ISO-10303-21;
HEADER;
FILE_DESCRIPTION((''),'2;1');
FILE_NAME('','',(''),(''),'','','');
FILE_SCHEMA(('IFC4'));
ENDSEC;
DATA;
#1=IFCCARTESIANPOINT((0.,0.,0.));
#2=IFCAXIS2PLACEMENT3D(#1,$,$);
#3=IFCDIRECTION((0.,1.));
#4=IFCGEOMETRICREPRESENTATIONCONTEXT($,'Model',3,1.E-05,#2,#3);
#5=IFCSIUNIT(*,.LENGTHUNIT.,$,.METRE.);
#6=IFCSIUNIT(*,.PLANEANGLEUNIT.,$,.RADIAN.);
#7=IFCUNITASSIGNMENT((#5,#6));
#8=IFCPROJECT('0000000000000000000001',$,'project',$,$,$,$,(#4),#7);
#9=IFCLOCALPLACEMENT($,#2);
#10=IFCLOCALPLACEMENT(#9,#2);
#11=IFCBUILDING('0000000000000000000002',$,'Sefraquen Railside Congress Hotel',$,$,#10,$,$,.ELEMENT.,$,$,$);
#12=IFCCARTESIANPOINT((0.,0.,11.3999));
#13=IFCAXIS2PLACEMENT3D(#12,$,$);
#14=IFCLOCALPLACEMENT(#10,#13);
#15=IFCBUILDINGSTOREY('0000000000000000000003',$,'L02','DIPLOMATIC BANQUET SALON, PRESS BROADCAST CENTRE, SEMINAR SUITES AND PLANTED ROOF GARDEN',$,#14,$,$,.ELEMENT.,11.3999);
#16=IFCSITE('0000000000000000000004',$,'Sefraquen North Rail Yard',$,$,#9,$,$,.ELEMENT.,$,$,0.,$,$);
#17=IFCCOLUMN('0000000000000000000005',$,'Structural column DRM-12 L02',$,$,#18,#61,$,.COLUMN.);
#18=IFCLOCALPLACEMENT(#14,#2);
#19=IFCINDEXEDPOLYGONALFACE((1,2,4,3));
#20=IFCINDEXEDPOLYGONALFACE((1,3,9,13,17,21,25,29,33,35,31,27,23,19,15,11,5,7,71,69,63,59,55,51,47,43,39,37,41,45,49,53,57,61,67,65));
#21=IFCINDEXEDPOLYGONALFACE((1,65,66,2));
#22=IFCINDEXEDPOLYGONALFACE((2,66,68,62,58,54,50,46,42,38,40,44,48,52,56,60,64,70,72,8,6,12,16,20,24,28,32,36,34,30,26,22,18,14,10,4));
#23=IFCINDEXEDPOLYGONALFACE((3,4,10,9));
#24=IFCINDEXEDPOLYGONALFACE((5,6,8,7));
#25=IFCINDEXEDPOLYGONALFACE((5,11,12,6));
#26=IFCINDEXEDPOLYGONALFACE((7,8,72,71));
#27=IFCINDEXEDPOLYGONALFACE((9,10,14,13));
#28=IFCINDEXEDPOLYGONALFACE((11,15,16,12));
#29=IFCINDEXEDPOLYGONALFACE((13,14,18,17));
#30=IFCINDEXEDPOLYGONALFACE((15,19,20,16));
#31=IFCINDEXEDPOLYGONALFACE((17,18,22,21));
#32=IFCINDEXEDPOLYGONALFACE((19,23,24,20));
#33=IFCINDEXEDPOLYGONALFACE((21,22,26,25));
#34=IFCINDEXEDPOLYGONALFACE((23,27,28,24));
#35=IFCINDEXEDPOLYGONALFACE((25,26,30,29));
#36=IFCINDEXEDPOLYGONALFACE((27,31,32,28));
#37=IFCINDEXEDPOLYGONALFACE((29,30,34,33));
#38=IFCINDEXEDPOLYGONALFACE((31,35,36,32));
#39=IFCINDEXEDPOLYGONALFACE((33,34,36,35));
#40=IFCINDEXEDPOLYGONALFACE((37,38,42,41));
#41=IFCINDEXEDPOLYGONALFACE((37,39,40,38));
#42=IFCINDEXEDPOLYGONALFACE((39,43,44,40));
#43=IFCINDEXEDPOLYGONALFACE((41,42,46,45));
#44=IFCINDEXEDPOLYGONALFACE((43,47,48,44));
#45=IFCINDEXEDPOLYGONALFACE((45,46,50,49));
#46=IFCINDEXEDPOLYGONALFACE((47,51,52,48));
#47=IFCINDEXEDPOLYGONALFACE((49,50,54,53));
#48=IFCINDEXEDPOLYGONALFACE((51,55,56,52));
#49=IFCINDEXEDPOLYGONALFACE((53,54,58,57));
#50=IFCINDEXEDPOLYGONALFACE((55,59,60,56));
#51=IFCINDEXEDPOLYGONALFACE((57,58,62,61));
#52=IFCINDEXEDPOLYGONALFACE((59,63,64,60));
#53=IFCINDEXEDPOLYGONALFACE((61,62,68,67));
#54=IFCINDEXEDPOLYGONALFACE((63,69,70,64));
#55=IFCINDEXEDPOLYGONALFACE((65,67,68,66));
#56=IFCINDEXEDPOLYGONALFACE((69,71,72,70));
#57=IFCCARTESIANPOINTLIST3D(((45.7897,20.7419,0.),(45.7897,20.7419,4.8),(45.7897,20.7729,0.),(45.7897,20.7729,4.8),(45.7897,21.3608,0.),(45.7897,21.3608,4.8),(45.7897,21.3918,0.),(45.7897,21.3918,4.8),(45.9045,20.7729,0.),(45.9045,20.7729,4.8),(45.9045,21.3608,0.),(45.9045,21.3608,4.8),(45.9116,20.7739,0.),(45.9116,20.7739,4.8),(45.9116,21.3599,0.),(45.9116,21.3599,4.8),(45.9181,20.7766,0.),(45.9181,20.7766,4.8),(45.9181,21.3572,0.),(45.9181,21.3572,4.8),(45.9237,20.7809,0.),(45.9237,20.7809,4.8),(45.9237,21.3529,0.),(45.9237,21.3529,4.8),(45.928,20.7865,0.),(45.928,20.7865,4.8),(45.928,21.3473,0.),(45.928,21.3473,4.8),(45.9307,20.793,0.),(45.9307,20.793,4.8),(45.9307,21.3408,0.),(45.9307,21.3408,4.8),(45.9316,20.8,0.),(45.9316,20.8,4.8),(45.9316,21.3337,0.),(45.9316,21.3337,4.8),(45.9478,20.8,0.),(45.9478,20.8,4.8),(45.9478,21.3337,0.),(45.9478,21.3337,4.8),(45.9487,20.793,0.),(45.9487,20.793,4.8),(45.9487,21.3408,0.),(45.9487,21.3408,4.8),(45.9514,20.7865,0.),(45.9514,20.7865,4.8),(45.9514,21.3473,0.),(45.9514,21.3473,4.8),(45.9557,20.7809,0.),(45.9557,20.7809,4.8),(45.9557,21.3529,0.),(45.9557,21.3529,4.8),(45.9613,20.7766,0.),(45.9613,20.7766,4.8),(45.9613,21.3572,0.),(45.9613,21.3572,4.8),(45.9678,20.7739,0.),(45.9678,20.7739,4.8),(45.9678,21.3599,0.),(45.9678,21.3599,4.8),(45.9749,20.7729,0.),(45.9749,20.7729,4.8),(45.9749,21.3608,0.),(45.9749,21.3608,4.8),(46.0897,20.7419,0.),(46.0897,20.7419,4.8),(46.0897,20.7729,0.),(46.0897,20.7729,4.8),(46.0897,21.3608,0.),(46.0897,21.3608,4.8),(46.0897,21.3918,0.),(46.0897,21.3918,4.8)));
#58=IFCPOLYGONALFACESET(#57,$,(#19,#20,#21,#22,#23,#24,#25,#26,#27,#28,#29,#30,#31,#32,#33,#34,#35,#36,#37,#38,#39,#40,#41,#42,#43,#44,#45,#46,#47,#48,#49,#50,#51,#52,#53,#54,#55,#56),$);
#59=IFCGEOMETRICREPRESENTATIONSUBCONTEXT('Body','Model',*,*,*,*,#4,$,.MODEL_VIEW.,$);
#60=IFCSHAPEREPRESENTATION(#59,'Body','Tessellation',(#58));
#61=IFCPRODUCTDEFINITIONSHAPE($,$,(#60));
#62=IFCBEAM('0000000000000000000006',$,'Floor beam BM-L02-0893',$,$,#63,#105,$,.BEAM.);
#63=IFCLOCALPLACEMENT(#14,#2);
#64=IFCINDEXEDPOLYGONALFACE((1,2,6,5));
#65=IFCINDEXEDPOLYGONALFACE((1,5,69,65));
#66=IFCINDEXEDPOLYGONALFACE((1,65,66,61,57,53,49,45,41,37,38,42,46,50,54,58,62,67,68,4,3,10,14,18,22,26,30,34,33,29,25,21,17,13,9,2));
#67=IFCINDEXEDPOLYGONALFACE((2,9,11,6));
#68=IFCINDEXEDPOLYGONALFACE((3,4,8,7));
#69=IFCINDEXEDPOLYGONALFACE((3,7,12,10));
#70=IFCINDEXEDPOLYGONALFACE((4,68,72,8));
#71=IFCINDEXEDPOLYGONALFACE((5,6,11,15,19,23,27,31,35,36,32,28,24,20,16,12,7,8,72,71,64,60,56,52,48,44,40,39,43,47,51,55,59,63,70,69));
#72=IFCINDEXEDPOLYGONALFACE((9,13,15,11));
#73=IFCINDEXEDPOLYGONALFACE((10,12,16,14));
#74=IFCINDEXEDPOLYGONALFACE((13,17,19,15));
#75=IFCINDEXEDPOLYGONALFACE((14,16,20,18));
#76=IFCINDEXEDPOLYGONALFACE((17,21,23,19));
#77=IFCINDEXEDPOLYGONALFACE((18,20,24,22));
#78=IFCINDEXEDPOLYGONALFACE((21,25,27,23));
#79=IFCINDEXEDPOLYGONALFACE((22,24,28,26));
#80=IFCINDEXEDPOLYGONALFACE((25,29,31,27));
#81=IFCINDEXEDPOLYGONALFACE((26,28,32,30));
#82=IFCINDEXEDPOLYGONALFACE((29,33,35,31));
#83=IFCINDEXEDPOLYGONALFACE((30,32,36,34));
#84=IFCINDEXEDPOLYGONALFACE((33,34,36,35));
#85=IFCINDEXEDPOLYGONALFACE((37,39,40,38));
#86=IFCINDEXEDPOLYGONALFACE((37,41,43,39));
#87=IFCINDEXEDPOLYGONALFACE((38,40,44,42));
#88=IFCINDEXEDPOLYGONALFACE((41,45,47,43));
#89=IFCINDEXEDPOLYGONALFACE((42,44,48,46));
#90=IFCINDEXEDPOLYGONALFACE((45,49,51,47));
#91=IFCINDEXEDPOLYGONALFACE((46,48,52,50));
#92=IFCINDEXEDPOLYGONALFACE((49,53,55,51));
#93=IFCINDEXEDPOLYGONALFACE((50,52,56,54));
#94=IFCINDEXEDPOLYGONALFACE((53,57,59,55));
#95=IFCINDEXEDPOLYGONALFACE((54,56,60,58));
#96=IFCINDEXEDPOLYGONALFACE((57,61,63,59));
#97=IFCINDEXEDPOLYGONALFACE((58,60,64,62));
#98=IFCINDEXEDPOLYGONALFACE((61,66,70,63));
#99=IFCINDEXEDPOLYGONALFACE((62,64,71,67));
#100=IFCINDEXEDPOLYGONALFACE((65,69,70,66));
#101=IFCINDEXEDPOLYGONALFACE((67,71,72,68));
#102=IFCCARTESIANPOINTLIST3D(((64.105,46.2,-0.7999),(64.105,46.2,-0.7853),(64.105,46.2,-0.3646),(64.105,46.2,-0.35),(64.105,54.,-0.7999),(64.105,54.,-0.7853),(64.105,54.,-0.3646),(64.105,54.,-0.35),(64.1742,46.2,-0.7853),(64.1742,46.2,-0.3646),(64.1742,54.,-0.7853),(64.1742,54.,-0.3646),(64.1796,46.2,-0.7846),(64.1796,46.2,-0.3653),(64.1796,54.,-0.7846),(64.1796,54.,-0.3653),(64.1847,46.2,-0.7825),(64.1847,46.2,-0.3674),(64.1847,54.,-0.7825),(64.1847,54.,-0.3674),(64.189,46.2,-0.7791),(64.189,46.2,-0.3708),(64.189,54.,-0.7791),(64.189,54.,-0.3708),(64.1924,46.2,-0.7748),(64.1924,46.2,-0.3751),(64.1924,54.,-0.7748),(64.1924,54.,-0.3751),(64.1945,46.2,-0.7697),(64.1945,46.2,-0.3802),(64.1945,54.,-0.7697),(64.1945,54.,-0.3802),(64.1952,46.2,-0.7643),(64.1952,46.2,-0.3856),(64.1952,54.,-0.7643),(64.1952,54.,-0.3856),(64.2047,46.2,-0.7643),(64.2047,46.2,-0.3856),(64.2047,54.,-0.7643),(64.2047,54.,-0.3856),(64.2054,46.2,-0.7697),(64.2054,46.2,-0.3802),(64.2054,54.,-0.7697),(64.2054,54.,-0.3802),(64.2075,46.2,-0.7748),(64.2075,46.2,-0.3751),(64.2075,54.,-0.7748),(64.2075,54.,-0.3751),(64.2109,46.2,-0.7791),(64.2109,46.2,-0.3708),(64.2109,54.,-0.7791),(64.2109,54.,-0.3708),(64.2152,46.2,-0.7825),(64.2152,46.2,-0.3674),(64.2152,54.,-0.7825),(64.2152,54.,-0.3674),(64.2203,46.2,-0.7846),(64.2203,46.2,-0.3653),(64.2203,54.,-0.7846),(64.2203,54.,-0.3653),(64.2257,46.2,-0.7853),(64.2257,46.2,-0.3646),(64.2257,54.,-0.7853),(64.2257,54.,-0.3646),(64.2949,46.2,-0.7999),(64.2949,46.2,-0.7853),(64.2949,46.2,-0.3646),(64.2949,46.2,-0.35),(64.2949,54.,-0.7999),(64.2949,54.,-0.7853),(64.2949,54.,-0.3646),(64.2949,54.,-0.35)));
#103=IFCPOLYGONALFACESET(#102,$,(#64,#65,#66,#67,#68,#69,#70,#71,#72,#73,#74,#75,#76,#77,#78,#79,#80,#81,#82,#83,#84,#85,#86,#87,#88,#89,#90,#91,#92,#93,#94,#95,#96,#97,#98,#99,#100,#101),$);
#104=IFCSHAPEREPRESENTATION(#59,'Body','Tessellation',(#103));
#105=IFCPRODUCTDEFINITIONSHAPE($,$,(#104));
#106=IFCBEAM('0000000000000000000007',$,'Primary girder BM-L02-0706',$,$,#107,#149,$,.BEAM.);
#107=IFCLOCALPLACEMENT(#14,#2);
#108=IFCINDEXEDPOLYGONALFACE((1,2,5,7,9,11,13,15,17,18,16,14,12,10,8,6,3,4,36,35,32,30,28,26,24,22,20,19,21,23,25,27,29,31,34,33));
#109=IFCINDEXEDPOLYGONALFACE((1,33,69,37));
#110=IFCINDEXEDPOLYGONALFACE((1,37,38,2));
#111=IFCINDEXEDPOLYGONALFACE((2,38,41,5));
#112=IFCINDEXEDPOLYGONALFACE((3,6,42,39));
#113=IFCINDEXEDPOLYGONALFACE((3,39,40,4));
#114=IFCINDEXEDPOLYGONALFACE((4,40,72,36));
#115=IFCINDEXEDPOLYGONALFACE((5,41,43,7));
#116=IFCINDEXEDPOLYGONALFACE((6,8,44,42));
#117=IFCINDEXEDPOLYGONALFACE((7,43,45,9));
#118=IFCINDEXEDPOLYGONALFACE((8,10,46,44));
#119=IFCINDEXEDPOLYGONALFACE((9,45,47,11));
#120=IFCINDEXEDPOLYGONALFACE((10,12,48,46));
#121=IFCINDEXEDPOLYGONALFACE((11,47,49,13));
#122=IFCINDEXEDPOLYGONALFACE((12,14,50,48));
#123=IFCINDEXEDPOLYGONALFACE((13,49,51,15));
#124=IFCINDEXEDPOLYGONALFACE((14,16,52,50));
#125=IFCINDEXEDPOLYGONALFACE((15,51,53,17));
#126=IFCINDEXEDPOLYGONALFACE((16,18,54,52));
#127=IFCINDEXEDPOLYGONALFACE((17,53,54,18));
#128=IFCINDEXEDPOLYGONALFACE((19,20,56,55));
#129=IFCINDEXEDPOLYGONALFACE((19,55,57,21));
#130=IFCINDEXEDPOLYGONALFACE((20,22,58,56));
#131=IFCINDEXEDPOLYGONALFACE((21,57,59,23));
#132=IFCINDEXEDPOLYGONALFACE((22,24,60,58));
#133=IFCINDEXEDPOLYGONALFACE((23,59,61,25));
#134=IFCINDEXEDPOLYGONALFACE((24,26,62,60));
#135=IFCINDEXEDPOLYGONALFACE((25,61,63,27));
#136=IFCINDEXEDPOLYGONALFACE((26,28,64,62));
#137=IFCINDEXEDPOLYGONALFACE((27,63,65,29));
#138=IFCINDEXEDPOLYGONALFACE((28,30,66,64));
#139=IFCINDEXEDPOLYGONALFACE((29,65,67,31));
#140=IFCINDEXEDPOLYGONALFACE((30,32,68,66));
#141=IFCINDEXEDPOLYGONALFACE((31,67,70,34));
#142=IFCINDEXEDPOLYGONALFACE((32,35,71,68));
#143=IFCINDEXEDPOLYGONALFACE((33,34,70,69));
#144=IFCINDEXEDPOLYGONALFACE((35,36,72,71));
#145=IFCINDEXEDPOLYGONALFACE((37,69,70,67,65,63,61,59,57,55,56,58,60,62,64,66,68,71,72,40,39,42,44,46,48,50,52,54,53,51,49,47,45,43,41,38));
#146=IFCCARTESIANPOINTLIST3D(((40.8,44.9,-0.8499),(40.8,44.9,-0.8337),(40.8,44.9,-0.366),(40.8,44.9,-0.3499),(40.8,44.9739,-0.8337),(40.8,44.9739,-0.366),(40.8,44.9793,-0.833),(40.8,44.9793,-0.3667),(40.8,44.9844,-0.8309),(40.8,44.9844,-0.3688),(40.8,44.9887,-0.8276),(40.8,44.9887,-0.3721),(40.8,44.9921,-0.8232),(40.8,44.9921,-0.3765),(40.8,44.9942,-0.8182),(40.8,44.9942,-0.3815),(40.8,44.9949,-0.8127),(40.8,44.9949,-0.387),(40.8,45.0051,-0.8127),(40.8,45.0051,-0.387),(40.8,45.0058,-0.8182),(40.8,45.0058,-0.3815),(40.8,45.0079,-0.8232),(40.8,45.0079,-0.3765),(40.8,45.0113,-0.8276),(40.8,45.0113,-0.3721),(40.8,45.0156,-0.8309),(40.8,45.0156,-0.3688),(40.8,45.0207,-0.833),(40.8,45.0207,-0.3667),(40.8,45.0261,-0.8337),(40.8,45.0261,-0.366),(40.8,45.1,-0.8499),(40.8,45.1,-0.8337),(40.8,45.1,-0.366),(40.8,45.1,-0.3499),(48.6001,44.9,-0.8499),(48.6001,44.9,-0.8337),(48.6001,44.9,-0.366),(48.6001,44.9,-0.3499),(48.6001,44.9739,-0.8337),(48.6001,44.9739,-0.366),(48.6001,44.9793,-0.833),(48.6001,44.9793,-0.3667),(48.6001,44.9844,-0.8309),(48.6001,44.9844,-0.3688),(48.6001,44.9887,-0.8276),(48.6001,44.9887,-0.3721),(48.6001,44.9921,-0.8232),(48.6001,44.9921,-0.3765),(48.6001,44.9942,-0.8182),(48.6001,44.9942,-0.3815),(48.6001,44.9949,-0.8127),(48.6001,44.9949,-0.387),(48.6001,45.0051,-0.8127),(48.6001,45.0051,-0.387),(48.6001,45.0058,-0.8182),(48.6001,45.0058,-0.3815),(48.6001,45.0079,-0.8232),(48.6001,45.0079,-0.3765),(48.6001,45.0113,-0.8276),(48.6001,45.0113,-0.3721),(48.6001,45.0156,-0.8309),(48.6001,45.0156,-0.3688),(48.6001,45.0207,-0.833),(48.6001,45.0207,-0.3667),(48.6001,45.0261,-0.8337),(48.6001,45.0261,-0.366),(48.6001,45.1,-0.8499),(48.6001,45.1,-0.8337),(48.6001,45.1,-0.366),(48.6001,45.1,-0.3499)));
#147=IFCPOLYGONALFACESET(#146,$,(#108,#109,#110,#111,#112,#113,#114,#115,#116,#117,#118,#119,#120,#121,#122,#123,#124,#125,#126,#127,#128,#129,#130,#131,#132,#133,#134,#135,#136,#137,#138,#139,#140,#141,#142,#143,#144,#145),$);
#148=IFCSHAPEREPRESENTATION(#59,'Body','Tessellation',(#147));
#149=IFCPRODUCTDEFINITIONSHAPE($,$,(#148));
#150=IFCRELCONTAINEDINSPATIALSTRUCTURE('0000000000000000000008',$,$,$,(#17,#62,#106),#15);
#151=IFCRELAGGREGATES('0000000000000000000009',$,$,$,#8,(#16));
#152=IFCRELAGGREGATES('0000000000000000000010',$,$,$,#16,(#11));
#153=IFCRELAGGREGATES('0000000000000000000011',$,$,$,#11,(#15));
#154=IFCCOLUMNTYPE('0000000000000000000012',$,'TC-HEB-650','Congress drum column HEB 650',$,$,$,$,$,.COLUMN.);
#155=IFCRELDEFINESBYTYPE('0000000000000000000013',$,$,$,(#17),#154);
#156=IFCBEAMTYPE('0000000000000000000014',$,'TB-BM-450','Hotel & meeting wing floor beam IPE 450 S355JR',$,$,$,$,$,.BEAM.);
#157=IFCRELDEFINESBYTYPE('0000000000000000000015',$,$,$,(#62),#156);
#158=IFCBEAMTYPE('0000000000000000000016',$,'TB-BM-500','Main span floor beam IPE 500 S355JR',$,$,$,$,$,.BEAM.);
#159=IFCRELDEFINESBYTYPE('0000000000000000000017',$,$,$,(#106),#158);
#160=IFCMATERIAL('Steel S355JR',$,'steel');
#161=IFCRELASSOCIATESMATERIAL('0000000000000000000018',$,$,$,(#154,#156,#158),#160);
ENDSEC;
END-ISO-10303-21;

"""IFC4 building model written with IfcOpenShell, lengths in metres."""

from ifc_helpers import new_model, si_unit, direction, frame, origin, origin_2d, place, context, subcontext, project, spatial, i_section, extrude, material, material_profile, profile_set, type_object, element, save


model = new_model("IFC4")

# Units and contexts
model_context = context("Model", 3, precision=1e-05, world=origin(), true_north=direction((0.0, 1.0)))
body_context = subcontext(model_context, "Body", "Model", "MODEL_VIEW")
ifc_project = project(units=[si_unit("LENGTHUNIT", "METRE"), si_unit("PLANEANGLEUNIT", "RADIAN")], contexts=[model_context])

# Site, building, storey
site_placement = place(None, origin())
site = spatial("IfcSite", under=ifc_project, at=site_placement, Name="Sefraquen North Rail Yard", CompositionType="ELEMENT", RefElevation=0.0)
building_placement = place(site_placement, origin())
building = spatial("IfcBuilding", under=site, at=building_placement, Name="Sefraquen Railside Congress Hotel", CompositionType="ELEMENT")
storey_placement = place(building_placement, frame((0.0, 0.0, 11.3999)))
storey = spatial("IfcBuildingStorey", under=building, at=storey_placement, Name="L02", Description="DIPLOMATIC BANQUET SALON, PRESS BROADCAST CENTRE, SEMINAR SUITES AND PLANTED ROOF GARDEN", CompositionType="ELEMENT", Elevation=11.3999)

# Column
ifc_material_1 = material(Name="Steel S355JR", Category="steel")
ifc_material_profile_1 = material_profile(ifc_material_1, i_section(OverallWidth=0.3, OverallDepth=0.6499, WebThickness=0.0161, FlangeThickness=0.031, FilletRadius=0.0271, at=origin_2d()), Name="HEB 650")
ifc_profile_set_1 = profile_set([ifc_material_profile_1], Name="Steel S355JR")
column_type_1 = type_object("IfcColumnType", Name="TC-HEB-650", Description="Congress drum column HEB 650", PredefinedType="COLUMN", material=ifc_profile_set_1)
for number, where, z_axis, x_axis, name in (
    (1, (45.9397, 21.0669, 0.0), (0.0, 0.0, 1.0), (1.0, 0.0, 0.0), "Structural column DRM-12 L02"),
):
    element("IfcColumn", number, at=place(storey_placement, frame(where, z_axis=z_axis, x_axis=x_axis)), inside=storey, type_object=column_type_1, Name=name, PredefinedType="COLUMN", context=body_context, shape_type="SweptSolid", body=[
        extrude(i_section(OverallWidth=0.3, OverallDepth=0.6499, WebThickness=0.0161, FlangeThickness=0.031, FilletRadius=0.0271, at=origin_2d()), origin(), (0.0, 0.0, 1.0), 4.8),
    ])

# Beams
ifc_material_profile_2 = material_profile(ifc_material_1, i_section(OverallWidth=0.1899, OverallDepth=0.45, WebThickness=0.0095, FlangeThickness=0.0146, FilletRadius=0.021, at=origin_2d()), Name="IPE 450")
ifc_profile_set_2 = profile_set([ifc_material_profile_2], Name="Steel S355JR")
beam_type_1 = type_object("IfcBeamType", Name="TB-BM-450", Description="Hotel & meeting wing floor beam IPE 450 S355JR", PredefinedType="BEAM", material=ifc_profile_set_2)
beam_1_placement = place(storey_placement, frame((64.2, 46.2, -0.575), z_axis=(0.0, 1.0, 0.0), x_axis=(-1.0, 0.0, 0.0)))
element("IfcBeam", 2, at=beam_1_placement, inside=storey, type_object=beam_type_1, Name="Floor beam BM-L02-0893", PredefinedType="BEAM", context=body_context, shape_type="SweptSolid", body=[
    extrude(i_section(OverallWidth=0.1899, OverallDepth=0.45, WebThickness=0.0095, FlangeThickness=0.0146, FilletRadius=0.021, at=origin_2d()), origin(), (0.0, 0.0, 1.0), 7.8),
])
ifc_material_profile_3 = material_profile(ifc_material_1, i_section(OverallWidth=0.2, OverallDepth=0.5, WebThickness=0.0103, FlangeThickness=0.0161, FilletRadius=0.021, at=origin_2d()), Name="IPE 500")
ifc_profile_set_3 = profile_set([ifc_material_profile_3], Name="Steel S355JR")
beam_type_2 = type_object("IfcBeamType", Name="TB-BM-500", Description="Main span floor beam IPE 500 S355JR", PredefinedType="BEAM", material=ifc_profile_set_3)
beam_2_placement = place(storey_placement, frame((40.8, 45.0, -0.5999), z_axis=(1.0, 0.0, 0.0), x_axis=(0.0, 1.0, 0.0)))
element("IfcBeam", 3, at=beam_2_placement, inside=storey, type_object=beam_type_2, Name="Primary girder BM-L02-0706", PredefinedType="BEAM", context=body_context, shape_type="SweptSolid", body=[
    extrude(i_section(OverallWidth=0.2, OverallDepth=0.5, WebThickness=0.0103, FlangeThickness=0.0161, FilletRadius=0.021, at=origin_2d()), origin(), (0.0, 0.0, 1.0), 7.8),
])

save(model, "model.ifc")
